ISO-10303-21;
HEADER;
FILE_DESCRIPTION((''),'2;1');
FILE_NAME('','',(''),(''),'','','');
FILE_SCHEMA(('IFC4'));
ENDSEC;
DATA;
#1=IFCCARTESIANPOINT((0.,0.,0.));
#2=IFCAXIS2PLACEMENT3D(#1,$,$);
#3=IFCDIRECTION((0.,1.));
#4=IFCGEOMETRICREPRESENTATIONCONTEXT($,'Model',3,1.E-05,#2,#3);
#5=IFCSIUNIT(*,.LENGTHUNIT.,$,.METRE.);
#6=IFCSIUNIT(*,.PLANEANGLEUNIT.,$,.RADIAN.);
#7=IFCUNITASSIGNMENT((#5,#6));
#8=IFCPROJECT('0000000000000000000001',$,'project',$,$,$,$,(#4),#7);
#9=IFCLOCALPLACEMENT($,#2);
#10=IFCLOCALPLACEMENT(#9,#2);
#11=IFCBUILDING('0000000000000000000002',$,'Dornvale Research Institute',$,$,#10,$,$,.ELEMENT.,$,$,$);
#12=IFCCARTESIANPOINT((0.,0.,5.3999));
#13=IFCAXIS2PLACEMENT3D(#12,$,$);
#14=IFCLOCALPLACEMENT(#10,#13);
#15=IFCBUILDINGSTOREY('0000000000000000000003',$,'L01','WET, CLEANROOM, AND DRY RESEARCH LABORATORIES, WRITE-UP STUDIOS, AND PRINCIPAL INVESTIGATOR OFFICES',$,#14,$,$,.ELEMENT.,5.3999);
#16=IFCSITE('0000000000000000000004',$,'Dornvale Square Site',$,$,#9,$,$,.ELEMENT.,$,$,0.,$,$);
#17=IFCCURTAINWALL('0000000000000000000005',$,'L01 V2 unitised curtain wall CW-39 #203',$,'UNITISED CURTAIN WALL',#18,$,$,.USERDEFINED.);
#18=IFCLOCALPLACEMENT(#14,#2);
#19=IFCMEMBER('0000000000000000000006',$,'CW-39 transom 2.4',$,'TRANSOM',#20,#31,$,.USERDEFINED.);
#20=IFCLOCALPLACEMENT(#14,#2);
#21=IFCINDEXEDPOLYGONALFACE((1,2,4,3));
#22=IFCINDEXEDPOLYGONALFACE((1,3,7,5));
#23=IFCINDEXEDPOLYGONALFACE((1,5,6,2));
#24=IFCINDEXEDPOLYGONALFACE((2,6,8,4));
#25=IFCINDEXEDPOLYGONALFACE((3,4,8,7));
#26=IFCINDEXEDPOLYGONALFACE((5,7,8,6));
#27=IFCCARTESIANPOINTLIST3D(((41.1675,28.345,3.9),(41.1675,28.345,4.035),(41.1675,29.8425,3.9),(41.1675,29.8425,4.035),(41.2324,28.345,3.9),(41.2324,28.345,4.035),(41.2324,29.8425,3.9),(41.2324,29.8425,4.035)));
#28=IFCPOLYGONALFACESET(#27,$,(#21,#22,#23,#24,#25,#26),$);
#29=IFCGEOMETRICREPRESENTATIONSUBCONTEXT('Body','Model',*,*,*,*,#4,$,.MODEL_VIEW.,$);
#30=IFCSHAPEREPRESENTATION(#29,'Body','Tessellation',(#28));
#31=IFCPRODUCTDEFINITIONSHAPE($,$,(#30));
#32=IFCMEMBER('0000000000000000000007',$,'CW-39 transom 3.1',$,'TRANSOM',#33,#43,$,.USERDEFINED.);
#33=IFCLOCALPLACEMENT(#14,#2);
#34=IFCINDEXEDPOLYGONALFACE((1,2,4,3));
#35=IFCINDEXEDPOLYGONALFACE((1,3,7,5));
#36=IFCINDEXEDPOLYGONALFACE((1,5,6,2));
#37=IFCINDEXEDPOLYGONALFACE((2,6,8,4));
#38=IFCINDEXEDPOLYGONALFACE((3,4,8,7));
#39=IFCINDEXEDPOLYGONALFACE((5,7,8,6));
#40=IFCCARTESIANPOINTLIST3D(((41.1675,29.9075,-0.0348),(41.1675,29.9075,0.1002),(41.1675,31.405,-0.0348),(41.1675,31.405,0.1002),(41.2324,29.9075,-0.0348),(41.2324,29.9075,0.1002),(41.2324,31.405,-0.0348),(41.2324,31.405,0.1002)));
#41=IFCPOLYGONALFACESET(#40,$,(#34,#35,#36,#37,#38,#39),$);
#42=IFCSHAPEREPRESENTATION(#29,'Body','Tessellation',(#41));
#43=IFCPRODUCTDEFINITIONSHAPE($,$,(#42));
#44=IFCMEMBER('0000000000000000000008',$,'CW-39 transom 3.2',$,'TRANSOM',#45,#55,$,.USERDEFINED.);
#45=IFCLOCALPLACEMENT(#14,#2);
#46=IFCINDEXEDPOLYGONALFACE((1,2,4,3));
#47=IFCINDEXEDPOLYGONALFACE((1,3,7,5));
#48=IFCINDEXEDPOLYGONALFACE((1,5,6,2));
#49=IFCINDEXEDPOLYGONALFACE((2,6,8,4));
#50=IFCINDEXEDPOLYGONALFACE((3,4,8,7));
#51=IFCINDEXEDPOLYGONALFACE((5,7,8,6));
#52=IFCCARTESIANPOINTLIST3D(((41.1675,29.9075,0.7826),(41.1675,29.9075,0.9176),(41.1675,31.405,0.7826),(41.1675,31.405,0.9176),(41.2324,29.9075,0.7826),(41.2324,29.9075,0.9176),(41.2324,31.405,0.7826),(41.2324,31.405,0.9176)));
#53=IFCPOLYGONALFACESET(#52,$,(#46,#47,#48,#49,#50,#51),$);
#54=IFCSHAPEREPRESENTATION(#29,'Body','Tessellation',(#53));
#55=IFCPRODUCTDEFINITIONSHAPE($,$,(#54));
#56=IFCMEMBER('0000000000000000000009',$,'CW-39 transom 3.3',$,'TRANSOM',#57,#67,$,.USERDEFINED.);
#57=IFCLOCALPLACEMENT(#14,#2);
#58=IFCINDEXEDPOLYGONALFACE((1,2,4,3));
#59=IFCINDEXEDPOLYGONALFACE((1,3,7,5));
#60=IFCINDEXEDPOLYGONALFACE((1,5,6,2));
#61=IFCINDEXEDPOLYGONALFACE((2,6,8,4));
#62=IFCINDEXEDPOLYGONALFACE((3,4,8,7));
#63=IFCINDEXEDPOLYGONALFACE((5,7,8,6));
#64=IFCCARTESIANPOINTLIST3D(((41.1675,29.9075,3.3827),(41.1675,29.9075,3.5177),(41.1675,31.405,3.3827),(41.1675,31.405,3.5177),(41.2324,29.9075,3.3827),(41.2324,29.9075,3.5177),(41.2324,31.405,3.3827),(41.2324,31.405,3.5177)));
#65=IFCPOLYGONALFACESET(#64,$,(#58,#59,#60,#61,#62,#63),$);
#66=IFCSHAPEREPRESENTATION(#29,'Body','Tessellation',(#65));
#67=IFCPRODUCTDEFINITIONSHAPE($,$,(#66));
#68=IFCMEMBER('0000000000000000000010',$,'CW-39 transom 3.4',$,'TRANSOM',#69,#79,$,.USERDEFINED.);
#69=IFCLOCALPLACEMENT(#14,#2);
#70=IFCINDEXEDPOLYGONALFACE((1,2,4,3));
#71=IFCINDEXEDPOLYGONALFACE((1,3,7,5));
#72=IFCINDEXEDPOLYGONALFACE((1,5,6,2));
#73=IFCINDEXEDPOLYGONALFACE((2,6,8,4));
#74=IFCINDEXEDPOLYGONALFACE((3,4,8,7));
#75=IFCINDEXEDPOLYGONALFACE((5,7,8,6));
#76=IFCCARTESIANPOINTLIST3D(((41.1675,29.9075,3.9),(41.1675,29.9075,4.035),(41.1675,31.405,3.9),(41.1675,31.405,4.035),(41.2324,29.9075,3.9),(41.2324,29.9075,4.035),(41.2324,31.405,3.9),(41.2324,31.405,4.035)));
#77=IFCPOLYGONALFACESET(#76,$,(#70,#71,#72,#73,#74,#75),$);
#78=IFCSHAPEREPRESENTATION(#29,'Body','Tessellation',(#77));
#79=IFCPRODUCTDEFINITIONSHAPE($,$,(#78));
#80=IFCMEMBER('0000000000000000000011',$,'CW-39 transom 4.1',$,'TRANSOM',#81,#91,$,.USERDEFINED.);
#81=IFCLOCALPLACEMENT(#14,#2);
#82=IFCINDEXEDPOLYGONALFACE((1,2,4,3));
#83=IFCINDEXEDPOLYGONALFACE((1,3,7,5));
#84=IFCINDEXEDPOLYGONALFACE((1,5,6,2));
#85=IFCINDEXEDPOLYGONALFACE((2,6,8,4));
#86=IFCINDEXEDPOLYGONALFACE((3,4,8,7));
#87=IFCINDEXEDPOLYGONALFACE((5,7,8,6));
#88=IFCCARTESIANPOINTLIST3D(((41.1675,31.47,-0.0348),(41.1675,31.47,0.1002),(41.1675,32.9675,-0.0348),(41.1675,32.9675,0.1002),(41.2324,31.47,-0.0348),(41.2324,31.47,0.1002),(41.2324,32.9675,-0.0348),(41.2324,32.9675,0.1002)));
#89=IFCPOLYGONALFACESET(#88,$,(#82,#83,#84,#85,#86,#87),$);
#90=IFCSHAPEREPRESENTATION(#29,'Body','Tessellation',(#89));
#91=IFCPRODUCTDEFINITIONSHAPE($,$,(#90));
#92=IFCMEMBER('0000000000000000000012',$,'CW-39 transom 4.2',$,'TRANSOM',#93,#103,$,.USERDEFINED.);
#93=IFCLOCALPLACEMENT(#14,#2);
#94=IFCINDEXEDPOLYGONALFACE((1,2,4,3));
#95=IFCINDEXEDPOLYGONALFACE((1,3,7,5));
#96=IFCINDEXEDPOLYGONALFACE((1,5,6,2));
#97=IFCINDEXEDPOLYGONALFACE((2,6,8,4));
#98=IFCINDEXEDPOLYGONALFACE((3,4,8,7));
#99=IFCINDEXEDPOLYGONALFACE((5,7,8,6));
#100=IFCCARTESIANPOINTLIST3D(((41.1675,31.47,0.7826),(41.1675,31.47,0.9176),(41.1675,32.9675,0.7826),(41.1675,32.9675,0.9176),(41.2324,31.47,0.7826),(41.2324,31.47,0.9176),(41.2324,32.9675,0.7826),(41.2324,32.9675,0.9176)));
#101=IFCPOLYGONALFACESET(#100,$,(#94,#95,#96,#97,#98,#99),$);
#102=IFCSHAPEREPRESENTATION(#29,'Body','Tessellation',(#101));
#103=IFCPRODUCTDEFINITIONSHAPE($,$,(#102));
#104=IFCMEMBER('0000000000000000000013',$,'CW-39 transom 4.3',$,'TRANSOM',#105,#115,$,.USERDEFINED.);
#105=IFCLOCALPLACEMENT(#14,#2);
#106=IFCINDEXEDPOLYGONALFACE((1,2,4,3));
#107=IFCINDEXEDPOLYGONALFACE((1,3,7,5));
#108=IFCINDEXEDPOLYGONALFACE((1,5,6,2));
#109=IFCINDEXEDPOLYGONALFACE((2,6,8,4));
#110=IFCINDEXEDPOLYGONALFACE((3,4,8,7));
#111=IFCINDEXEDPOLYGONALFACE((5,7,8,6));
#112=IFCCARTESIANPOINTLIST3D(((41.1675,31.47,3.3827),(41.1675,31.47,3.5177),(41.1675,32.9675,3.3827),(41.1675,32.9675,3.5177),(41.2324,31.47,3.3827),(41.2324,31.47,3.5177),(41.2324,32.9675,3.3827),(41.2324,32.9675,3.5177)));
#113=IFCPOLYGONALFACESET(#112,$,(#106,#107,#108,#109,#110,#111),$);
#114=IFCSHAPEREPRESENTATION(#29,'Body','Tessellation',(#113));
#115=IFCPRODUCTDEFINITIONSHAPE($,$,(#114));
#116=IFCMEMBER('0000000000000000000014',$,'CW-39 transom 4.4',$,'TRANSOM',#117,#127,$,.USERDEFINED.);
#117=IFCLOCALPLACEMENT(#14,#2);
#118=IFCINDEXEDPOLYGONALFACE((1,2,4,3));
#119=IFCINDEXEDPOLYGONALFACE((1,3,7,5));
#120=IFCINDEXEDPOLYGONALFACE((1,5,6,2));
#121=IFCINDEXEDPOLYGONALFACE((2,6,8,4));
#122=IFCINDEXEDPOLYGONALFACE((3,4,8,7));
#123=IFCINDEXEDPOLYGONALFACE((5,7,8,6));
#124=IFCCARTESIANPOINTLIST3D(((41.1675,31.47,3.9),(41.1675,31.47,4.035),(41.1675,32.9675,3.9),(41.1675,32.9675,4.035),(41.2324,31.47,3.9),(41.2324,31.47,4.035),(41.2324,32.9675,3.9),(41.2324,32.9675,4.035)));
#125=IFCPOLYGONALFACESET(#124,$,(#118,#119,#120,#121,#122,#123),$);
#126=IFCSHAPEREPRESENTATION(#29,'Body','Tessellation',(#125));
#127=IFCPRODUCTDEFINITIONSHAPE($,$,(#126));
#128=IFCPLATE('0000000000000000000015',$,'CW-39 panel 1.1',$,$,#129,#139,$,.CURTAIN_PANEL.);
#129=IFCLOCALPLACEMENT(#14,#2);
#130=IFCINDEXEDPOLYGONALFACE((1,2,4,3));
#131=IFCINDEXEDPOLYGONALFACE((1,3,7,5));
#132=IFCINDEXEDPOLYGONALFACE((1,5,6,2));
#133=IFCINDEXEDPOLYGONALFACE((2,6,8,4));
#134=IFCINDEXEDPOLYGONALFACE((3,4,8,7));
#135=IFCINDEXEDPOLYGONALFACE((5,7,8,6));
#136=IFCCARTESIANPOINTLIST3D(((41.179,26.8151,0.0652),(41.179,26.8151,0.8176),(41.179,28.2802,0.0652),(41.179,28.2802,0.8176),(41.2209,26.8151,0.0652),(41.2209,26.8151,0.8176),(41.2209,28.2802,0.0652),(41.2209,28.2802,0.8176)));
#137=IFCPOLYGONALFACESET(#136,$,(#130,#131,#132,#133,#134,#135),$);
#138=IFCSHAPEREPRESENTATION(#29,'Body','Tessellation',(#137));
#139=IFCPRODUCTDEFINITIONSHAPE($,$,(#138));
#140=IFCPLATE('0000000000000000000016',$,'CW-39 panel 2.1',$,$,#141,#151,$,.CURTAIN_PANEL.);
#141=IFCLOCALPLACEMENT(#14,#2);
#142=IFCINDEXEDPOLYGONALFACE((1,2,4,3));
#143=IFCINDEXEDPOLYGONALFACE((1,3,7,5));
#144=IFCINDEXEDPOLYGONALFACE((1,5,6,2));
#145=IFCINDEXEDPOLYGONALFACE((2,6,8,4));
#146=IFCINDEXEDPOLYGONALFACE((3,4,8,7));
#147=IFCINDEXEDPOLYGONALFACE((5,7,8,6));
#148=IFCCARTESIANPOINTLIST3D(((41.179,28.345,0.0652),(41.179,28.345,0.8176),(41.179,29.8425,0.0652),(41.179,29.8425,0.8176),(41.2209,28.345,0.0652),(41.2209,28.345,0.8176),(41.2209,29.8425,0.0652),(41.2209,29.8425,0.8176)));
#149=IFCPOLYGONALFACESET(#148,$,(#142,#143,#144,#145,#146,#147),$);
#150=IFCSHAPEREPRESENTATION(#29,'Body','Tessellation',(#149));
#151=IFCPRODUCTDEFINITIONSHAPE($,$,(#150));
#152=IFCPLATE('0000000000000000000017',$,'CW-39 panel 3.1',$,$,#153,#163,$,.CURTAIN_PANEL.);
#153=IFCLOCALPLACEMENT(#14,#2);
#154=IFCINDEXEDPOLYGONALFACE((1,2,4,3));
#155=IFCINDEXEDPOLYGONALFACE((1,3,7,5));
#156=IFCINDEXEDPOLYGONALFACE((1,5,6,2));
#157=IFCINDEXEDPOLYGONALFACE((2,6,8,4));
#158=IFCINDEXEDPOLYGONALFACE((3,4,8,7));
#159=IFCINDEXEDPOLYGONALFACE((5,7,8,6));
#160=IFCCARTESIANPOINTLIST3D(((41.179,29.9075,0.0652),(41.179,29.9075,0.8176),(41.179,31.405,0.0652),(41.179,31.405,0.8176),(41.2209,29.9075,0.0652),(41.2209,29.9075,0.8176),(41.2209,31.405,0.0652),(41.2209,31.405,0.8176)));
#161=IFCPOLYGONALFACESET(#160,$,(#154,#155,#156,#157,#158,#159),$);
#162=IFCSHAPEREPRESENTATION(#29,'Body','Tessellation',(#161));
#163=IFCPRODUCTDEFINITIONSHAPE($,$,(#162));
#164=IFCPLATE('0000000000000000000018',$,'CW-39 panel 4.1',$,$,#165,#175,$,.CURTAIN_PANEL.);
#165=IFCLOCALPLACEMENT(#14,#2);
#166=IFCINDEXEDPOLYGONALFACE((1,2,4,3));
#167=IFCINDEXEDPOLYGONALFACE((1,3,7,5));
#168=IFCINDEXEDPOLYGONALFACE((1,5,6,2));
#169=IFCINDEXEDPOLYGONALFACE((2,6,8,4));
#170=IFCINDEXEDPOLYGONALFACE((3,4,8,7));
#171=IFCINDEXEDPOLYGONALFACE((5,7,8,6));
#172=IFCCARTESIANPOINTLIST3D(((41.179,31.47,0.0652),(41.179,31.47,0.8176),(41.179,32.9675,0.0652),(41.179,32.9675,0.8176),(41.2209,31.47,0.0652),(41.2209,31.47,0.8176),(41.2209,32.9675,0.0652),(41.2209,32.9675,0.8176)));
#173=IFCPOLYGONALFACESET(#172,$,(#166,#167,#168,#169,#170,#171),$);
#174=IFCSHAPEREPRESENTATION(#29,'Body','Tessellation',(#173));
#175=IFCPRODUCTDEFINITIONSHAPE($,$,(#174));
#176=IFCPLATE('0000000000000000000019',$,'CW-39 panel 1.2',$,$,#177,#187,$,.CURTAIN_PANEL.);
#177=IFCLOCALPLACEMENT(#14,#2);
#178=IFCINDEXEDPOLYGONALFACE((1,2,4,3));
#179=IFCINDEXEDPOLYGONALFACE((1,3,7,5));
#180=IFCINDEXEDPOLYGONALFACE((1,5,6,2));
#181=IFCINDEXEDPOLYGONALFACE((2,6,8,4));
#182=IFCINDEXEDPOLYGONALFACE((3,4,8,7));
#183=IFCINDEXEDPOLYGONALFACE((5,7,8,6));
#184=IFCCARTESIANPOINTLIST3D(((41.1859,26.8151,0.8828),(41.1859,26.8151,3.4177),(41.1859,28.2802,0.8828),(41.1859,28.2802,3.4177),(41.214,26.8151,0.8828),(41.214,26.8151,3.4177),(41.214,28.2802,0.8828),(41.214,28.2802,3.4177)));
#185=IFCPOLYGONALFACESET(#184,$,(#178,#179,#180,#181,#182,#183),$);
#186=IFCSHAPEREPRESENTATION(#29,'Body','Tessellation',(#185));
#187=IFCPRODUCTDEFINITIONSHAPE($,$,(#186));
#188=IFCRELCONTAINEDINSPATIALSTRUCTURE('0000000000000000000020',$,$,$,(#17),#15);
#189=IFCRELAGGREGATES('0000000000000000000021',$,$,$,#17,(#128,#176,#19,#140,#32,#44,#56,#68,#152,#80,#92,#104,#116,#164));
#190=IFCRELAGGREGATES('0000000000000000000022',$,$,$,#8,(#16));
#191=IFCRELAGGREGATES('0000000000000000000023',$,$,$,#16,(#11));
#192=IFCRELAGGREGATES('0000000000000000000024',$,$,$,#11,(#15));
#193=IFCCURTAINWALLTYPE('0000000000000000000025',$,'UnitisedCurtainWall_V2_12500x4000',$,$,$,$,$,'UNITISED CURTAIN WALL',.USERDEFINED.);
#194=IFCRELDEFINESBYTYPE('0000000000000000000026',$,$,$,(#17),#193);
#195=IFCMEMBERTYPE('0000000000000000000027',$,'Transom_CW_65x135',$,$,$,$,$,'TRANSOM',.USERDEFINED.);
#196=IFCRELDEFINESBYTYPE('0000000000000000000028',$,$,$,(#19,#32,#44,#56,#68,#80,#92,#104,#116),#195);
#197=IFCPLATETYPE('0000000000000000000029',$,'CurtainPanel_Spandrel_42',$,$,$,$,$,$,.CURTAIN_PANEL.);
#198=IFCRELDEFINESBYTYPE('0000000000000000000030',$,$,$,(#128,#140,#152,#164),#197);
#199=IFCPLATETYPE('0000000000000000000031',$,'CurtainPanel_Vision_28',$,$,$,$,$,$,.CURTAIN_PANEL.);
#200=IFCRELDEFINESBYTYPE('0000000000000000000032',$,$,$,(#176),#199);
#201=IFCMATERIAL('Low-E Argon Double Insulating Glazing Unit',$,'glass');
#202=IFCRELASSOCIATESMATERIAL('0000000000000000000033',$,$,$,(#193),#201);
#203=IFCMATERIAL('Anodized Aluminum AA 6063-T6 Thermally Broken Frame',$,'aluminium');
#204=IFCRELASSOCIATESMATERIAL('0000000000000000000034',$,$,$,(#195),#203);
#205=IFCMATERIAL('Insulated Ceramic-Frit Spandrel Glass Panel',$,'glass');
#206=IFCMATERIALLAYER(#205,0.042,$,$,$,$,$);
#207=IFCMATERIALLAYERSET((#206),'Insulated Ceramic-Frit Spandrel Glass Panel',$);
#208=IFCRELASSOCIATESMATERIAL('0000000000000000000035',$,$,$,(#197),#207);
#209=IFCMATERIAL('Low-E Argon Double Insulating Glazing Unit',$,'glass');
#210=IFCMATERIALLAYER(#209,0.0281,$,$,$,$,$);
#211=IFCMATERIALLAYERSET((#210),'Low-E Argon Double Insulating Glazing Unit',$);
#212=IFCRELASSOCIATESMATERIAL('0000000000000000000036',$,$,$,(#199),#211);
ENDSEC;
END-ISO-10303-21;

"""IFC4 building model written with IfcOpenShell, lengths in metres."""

from ifc_helpers import new_model, si_unit, direction, frame, origin, origin_2d, place, context, subcontext, project, spatial, rectangle, extrude, material, layer, layer_set, material_profile, profile_set, type_object, element, aggregate, save


model = new_model("IFC4")

# Units and contexts
model_context = context("Model", 3, precision=1e-05, world=origin(), true_north=direction((0.0, 1.0)))
body_context = subcontext(model_context, "Body", "Model", "MODEL_VIEW")
ifc_project = project(units=[si_unit("LENGTHUNIT", "METRE"), si_unit("PLANEANGLEUNIT", "RADIAN")], contexts=[model_context])

# Site, building, storey
site_placement = place(None, origin())
site = spatial("IfcSite", under=ifc_project, at=site_placement, Name="Dornvale Square Site", CompositionType="ELEMENT", RefElevation=0.0)
building_placement = place(site_placement, origin())
building = spatial("IfcBuilding", under=site, at=building_placement, Name="Dornvale Research Institute", CompositionType="ELEMENT")
storey_placement = place(building_placement, frame((0.0, 0.0, 5.3999)))
storey = spatial("IfcBuildingStorey", under=building, at=storey_placement, Name="L01", Description="WET, CLEANROOM, AND DRY RESEARCH LABORATORIES, WRITE-UP STUDIOS, AND PRINCIPAL INVESTIGATOR OFFICES", CompositionType="ELEMENT", Elevation=5.3999)

# Curtain wall, members, plates
ifc_material_1 = material(Name="Low-E Argon Double Insulating Glazing Unit", Category="glass")
curtain_wall_type = type_object("IfcCurtainWallType", Name="UnitisedCurtainWall_V2_12500x4000", ElementType="UNITISED CURTAIN WALL", PredefinedType="USERDEFINED", material=ifc_material_1)
curtain_wall_placement = place(storey_placement, origin())
curtain_wall = element("IfcCurtainWall", 1, at=curtain_wall_placement, inside=storey, type_object=curtain_wall_type, Name="L01 V2 unitised curtain wall CW-39 #203", ObjectType="UNITISED CURTAIN WALL", PredefinedType="USERDEFINED")
ifc_material_2 = material(Name="Anodized Aluminum AA 6063-T6 Thermally Broken Frame", Category="aluminium")
ifc_material_profile_1 = material_profile(ifc_material_2, rectangle(XDim=0.0649, YDim=0.135, at=origin_2d()), Name="ALU TRANSOM 65x135")
ifc_profile_set_1 = profile_set([ifc_material_profile_1], Name="Anodized Aluminum AA 6063-T6 Thermally Broken Frame")
member_type_1 = type_object("IfcMemberType", Name="Transom_CW_65x135", ElementType="TRANSOM", PredefinedType="USERDEFINED", material=ifc_profile_set_1)
member_1_placement = place(storey_placement, frame((41.2, 28.345, 3.9675), z_axis=(0.0, 1.0, 0.0), x_axis=(-1.0, 0.0, 0.0)))
member_1 = element("IfcMember", 2, at=member_1_placement, type_object=member_type_1, Name="CW-39 transom 2.4", ObjectType="TRANSOM", PredefinedType="USERDEFINED", context=body_context, shape_type="SweptSolid", body=[
    extrude(rectangle(XDim=0.0649, YDim=0.135, at=origin_2d()), origin(), (0.0, 0.0, 1.0), 1.4976),
])
member_2_placement = place(storey_placement, frame((41.2, 29.9075, 0.0327), z_axis=(0.0, 1.0, 0.0), x_axis=(-1.0, 0.0, 0.0)))
member_2 = element("IfcMember", 3, at=member_2_placement, type_object=member_type_1, Name="CW-39 transom 3.1", ObjectType="TRANSOM", PredefinedType="USERDEFINED", context=body_context, shape_type="SweptSolid", body=[
    extrude(rectangle(XDim=0.0649, YDim=0.135, at=origin_2d()), origin(), (0.0, 0.0, 1.0), 1.4976),
])
member_3_placement = place(storey_placement, frame((41.2, 29.9075, 0.8501), z_axis=(0.0, 1.0, 0.0), x_axis=(-1.0, 0.0, 0.0)))
member_3 = element("IfcMember", 4, at=member_3_placement, type_object=member_type_1, Name="CW-39 transom 3.2", ObjectType="TRANSOM", PredefinedType="USERDEFINED", context=body_context, shape_type="SweptSolid", body=[
    extrude(rectangle(XDim=0.0649, YDim=0.135, at=origin_2d()), origin(), (0.0, 0.0, 1.0), 1.4976),
])
member_4_placement = place(storey_placement, frame((41.2, 29.9075, 3.4502), z_axis=(0.0, 1.0, 0.0), x_axis=(-1.0, 0.0, 0.0)))
member_4 = element("IfcMember", 5, at=member_4_placement, type_object=member_type_1, Name="CW-39 transom 3.3", ObjectType="TRANSOM", PredefinedType="USERDEFINED", context=body_context, shape_type="SweptSolid", body=[
    extrude(rectangle(XDim=0.0649, YDim=0.135, at=origin_2d()), origin(), (0.0, 0.0, 1.0), 1.4976),
])
member_5_placement = place(storey_placement, frame((41.2, 29.9075, 3.9675), z_axis=(0.0, 1.0, 0.0), x_axis=(-1.0, 0.0, 0.0)))
member_5 = element("IfcMember", 6, at=member_5_placement, type_object=member_type_1, Name="CW-39 transom 3.4", ObjectType="TRANSOM", PredefinedType="USERDEFINED", context=body_context, shape_type="SweptSolid", body=[
    extrude(rectangle(XDim=0.0649, YDim=0.135, at=origin_2d()), origin(), (0.0, 0.0, 1.0), 1.4976),
])
member_6_placement = place(storey_placement, frame((41.2, 31.47, 0.0327), z_axis=(0.0, 1.0, 0.0), x_axis=(-1.0, 0.0, 0.0)))
member_6 = element("IfcMember", 7, at=member_6_placement, type_object=member_type_1, Name="CW-39 transom 4.1", ObjectType="TRANSOM", PredefinedType="USERDEFINED", context=body_context, shape_type="SweptSolid", body=[
    extrude(rectangle(XDim=0.0649, YDim=0.135, at=origin_2d()), origin(), (0.0, 0.0, 1.0), 1.4976),
])
member_7_placement = place(storey_placement, frame((41.2, 31.47, 0.8501), z_axis=(0.0, 1.0, 0.0), x_axis=(-1.0, 0.0, 0.0)))
member_7 = element("IfcMember", 8, at=member_7_placement, type_object=member_type_1, Name="CW-39 transom 4.2", ObjectType="TRANSOM", PredefinedType="USERDEFINED", context=body_context, shape_type="SweptSolid", body=[
    extrude(rectangle(XDim=0.0649, YDim=0.135, at=origin_2d()), origin(), (0.0, 0.0, 1.0), 1.4976),
])
member_8_placement = place(storey_placement, frame((41.2, 31.47, 3.4502), z_axis=(0.0, 1.0, 0.0), x_axis=(-1.0, 0.0, 0.0)))
member_8 = element("IfcMember", 9, at=member_8_placement, type_object=member_type_1, Name="CW-39 transom 4.3", ObjectType="TRANSOM", PredefinedType="USERDEFINED", context=body_context, shape_type="SweptSolid", body=[
    extrude(rectangle(XDim=0.0649, YDim=0.135, at=origin_2d()), origin(), (0.0, 0.0, 1.0), 1.4976),
])
member_9_placement = place(storey_placement, frame((41.2, 31.47, 3.9675), z_axis=(0.0, 1.0, 0.0), x_axis=(-1.0, 0.0, 0.0)))
member_9 = element("IfcMember", 10, at=member_9_placement, type_object=member_type_1, Name="CW-39 transom 4.4", ObjectType="TRANSOM", PredefinedType="USERDEFINED", context=body_context, shape_type="SweptSolid", body=[
    extrude(rectangle(XDim=0.0649, YDim=0.135, at=origin_2d()), origin(), (0.0, 0.0, 1.0), 1.4976),
])
ifc_material_3 = material(Name="Insulated Ceramic-Frit Spandrel Glass Panel", Category="glass")
ifc_layer_1 = layer(ifc_material_3, 0.042)
ifc_layer_set_1 = layer_set([ifc_layer_1], Name="Insulated Ceramic-Frit Spandrel Glass Panel")
plate_type_1 = type_object("IfcPlateType", Name="CurtainPanel_Spandrel_42", PredefinedType="CURTAIN_PANEL", material=ifc_layer_set_1)
plate_1_placement = place(storey_placement, frame((41.2, 27.5476, 0.0652), z_axis=(0.0, 0.0, 1.0), x_axis=(0.0, 1.0, 0.0)))
plate_1 = element("IfcPlate", 11, at=plate_1_placement, type_object=plate_type_1, Name="CW-39 panel 1.1", PredefinedType="CURTAIN_PANEL", context=body_context, shape_type="SweptSolid", body=[
    extrude(rectangle(XDim=1.4651, YDim=0.042, at=origin_2d()), origin(), (0.0, 0.0, 1.0), 0.7524),
])
plate_2_placement = place(storey_placement, frame((41.2, 29.0938, 0.0652), z_axis=(0.0, 0.0, 1.0), x_axis=(0.0, 1.0, 0.0)))
plate_2 = element("IfcPlate", 12, at=plate_2_placement, type_object=plate_type_1, Name="CW-39 panel 2.1", PredefinedType="CURTAIN_PANEL", context=body_context, shape_type="SweptSolid", body=[
    extrude(rectangle(XDim=1.4976, YDim=0.042, at=origin_2d()), origin(), (0.0, 0.0, 1.0), 0.7524),
])
plate_3_placement = place(storey_placement, frame((41.2, 30.6562, 0.0652), z_axis=(0.0, 0.0, 1.0), x_axis=(0.0, 1.0, 0.0)))
plate_3 = element("IfcPlate", 13, at=plate_3_placement, type_object=plate_type_1, Name="CW-39 panel 3.1", PredefinedType="CURTAIN_PANEL", context=body_context, shape_type="SweptSolid", body=[
    extrude(rectangle(XDim=1.4976, YDim=0.042, at=origin_2d()), origin(), (0.0, 0.0, 1.0), 0.7524),
])
plate_4_placement = place(storey_placement, frame((41.2, 32.2188, 0.0652), z_axis=(0.0, 0.0, 1.0), x_axis=(0.0, 1.0, 0.0)))
plate_4 = element("IfcPlate", 14, at=plate_4_placement, type_object=plate_type_1, Name="CW-39 panel 4.1", PredefinedType="CURTAIN_PANEL", context=body_context, shape_type="SweptSolid", body=[
    extrude(rectangle(XDim=1.4976, YDim=0.042, at=origin_2d()), origin(), (0.0, 0.0, 1.0), 0.7524),
])
ifc_material_4 = material(Name="Low-E Argon Double Insulating Glazing Unit", Category="glass")
ifc_layer_2 = layer(ifc_material_4, 0.0281)
ifc_layer_set_2 = layer_set([ifc_layer_2], Name="Low-E Argon Double Insulating Glazing Unit")
plate_type_2 = type_object("IfcPlateType", Name="CurtainPanel_Vision_28", PredefinedType="CURTAIN_PANEL", material=ifc_layer_set_2)
plate_5_placement = place(storey_placement, frame((41.2, 27.5476, 0.8828), z_axis=(0.0, 0.0, 1.0), x_axis=(0.0, 1.0, 0.0)))
plate_5 = element("IfcPlate", 15, at=plate_5_placement, type_object=plate_type_2, Name="CW-39 panel 1.2", PredefinedType="CURTAIN_PANEL", context=body_context, shape_type="SweptSolid", body=[
    extrude(rectangle(XDim=1.4651, YDim=0.0281, at=origin_2d()), origin(), (0.0, 0.0, 1.0), 2.5349),
])
aggregate(curtain_wall, [plate_1, plate_5, member_1, plate_2, member_2, member_3, member_4, member_5, plate_3, member_6, member_7, member_8, member_9, plate_4])

save(model, "model.ifc")
